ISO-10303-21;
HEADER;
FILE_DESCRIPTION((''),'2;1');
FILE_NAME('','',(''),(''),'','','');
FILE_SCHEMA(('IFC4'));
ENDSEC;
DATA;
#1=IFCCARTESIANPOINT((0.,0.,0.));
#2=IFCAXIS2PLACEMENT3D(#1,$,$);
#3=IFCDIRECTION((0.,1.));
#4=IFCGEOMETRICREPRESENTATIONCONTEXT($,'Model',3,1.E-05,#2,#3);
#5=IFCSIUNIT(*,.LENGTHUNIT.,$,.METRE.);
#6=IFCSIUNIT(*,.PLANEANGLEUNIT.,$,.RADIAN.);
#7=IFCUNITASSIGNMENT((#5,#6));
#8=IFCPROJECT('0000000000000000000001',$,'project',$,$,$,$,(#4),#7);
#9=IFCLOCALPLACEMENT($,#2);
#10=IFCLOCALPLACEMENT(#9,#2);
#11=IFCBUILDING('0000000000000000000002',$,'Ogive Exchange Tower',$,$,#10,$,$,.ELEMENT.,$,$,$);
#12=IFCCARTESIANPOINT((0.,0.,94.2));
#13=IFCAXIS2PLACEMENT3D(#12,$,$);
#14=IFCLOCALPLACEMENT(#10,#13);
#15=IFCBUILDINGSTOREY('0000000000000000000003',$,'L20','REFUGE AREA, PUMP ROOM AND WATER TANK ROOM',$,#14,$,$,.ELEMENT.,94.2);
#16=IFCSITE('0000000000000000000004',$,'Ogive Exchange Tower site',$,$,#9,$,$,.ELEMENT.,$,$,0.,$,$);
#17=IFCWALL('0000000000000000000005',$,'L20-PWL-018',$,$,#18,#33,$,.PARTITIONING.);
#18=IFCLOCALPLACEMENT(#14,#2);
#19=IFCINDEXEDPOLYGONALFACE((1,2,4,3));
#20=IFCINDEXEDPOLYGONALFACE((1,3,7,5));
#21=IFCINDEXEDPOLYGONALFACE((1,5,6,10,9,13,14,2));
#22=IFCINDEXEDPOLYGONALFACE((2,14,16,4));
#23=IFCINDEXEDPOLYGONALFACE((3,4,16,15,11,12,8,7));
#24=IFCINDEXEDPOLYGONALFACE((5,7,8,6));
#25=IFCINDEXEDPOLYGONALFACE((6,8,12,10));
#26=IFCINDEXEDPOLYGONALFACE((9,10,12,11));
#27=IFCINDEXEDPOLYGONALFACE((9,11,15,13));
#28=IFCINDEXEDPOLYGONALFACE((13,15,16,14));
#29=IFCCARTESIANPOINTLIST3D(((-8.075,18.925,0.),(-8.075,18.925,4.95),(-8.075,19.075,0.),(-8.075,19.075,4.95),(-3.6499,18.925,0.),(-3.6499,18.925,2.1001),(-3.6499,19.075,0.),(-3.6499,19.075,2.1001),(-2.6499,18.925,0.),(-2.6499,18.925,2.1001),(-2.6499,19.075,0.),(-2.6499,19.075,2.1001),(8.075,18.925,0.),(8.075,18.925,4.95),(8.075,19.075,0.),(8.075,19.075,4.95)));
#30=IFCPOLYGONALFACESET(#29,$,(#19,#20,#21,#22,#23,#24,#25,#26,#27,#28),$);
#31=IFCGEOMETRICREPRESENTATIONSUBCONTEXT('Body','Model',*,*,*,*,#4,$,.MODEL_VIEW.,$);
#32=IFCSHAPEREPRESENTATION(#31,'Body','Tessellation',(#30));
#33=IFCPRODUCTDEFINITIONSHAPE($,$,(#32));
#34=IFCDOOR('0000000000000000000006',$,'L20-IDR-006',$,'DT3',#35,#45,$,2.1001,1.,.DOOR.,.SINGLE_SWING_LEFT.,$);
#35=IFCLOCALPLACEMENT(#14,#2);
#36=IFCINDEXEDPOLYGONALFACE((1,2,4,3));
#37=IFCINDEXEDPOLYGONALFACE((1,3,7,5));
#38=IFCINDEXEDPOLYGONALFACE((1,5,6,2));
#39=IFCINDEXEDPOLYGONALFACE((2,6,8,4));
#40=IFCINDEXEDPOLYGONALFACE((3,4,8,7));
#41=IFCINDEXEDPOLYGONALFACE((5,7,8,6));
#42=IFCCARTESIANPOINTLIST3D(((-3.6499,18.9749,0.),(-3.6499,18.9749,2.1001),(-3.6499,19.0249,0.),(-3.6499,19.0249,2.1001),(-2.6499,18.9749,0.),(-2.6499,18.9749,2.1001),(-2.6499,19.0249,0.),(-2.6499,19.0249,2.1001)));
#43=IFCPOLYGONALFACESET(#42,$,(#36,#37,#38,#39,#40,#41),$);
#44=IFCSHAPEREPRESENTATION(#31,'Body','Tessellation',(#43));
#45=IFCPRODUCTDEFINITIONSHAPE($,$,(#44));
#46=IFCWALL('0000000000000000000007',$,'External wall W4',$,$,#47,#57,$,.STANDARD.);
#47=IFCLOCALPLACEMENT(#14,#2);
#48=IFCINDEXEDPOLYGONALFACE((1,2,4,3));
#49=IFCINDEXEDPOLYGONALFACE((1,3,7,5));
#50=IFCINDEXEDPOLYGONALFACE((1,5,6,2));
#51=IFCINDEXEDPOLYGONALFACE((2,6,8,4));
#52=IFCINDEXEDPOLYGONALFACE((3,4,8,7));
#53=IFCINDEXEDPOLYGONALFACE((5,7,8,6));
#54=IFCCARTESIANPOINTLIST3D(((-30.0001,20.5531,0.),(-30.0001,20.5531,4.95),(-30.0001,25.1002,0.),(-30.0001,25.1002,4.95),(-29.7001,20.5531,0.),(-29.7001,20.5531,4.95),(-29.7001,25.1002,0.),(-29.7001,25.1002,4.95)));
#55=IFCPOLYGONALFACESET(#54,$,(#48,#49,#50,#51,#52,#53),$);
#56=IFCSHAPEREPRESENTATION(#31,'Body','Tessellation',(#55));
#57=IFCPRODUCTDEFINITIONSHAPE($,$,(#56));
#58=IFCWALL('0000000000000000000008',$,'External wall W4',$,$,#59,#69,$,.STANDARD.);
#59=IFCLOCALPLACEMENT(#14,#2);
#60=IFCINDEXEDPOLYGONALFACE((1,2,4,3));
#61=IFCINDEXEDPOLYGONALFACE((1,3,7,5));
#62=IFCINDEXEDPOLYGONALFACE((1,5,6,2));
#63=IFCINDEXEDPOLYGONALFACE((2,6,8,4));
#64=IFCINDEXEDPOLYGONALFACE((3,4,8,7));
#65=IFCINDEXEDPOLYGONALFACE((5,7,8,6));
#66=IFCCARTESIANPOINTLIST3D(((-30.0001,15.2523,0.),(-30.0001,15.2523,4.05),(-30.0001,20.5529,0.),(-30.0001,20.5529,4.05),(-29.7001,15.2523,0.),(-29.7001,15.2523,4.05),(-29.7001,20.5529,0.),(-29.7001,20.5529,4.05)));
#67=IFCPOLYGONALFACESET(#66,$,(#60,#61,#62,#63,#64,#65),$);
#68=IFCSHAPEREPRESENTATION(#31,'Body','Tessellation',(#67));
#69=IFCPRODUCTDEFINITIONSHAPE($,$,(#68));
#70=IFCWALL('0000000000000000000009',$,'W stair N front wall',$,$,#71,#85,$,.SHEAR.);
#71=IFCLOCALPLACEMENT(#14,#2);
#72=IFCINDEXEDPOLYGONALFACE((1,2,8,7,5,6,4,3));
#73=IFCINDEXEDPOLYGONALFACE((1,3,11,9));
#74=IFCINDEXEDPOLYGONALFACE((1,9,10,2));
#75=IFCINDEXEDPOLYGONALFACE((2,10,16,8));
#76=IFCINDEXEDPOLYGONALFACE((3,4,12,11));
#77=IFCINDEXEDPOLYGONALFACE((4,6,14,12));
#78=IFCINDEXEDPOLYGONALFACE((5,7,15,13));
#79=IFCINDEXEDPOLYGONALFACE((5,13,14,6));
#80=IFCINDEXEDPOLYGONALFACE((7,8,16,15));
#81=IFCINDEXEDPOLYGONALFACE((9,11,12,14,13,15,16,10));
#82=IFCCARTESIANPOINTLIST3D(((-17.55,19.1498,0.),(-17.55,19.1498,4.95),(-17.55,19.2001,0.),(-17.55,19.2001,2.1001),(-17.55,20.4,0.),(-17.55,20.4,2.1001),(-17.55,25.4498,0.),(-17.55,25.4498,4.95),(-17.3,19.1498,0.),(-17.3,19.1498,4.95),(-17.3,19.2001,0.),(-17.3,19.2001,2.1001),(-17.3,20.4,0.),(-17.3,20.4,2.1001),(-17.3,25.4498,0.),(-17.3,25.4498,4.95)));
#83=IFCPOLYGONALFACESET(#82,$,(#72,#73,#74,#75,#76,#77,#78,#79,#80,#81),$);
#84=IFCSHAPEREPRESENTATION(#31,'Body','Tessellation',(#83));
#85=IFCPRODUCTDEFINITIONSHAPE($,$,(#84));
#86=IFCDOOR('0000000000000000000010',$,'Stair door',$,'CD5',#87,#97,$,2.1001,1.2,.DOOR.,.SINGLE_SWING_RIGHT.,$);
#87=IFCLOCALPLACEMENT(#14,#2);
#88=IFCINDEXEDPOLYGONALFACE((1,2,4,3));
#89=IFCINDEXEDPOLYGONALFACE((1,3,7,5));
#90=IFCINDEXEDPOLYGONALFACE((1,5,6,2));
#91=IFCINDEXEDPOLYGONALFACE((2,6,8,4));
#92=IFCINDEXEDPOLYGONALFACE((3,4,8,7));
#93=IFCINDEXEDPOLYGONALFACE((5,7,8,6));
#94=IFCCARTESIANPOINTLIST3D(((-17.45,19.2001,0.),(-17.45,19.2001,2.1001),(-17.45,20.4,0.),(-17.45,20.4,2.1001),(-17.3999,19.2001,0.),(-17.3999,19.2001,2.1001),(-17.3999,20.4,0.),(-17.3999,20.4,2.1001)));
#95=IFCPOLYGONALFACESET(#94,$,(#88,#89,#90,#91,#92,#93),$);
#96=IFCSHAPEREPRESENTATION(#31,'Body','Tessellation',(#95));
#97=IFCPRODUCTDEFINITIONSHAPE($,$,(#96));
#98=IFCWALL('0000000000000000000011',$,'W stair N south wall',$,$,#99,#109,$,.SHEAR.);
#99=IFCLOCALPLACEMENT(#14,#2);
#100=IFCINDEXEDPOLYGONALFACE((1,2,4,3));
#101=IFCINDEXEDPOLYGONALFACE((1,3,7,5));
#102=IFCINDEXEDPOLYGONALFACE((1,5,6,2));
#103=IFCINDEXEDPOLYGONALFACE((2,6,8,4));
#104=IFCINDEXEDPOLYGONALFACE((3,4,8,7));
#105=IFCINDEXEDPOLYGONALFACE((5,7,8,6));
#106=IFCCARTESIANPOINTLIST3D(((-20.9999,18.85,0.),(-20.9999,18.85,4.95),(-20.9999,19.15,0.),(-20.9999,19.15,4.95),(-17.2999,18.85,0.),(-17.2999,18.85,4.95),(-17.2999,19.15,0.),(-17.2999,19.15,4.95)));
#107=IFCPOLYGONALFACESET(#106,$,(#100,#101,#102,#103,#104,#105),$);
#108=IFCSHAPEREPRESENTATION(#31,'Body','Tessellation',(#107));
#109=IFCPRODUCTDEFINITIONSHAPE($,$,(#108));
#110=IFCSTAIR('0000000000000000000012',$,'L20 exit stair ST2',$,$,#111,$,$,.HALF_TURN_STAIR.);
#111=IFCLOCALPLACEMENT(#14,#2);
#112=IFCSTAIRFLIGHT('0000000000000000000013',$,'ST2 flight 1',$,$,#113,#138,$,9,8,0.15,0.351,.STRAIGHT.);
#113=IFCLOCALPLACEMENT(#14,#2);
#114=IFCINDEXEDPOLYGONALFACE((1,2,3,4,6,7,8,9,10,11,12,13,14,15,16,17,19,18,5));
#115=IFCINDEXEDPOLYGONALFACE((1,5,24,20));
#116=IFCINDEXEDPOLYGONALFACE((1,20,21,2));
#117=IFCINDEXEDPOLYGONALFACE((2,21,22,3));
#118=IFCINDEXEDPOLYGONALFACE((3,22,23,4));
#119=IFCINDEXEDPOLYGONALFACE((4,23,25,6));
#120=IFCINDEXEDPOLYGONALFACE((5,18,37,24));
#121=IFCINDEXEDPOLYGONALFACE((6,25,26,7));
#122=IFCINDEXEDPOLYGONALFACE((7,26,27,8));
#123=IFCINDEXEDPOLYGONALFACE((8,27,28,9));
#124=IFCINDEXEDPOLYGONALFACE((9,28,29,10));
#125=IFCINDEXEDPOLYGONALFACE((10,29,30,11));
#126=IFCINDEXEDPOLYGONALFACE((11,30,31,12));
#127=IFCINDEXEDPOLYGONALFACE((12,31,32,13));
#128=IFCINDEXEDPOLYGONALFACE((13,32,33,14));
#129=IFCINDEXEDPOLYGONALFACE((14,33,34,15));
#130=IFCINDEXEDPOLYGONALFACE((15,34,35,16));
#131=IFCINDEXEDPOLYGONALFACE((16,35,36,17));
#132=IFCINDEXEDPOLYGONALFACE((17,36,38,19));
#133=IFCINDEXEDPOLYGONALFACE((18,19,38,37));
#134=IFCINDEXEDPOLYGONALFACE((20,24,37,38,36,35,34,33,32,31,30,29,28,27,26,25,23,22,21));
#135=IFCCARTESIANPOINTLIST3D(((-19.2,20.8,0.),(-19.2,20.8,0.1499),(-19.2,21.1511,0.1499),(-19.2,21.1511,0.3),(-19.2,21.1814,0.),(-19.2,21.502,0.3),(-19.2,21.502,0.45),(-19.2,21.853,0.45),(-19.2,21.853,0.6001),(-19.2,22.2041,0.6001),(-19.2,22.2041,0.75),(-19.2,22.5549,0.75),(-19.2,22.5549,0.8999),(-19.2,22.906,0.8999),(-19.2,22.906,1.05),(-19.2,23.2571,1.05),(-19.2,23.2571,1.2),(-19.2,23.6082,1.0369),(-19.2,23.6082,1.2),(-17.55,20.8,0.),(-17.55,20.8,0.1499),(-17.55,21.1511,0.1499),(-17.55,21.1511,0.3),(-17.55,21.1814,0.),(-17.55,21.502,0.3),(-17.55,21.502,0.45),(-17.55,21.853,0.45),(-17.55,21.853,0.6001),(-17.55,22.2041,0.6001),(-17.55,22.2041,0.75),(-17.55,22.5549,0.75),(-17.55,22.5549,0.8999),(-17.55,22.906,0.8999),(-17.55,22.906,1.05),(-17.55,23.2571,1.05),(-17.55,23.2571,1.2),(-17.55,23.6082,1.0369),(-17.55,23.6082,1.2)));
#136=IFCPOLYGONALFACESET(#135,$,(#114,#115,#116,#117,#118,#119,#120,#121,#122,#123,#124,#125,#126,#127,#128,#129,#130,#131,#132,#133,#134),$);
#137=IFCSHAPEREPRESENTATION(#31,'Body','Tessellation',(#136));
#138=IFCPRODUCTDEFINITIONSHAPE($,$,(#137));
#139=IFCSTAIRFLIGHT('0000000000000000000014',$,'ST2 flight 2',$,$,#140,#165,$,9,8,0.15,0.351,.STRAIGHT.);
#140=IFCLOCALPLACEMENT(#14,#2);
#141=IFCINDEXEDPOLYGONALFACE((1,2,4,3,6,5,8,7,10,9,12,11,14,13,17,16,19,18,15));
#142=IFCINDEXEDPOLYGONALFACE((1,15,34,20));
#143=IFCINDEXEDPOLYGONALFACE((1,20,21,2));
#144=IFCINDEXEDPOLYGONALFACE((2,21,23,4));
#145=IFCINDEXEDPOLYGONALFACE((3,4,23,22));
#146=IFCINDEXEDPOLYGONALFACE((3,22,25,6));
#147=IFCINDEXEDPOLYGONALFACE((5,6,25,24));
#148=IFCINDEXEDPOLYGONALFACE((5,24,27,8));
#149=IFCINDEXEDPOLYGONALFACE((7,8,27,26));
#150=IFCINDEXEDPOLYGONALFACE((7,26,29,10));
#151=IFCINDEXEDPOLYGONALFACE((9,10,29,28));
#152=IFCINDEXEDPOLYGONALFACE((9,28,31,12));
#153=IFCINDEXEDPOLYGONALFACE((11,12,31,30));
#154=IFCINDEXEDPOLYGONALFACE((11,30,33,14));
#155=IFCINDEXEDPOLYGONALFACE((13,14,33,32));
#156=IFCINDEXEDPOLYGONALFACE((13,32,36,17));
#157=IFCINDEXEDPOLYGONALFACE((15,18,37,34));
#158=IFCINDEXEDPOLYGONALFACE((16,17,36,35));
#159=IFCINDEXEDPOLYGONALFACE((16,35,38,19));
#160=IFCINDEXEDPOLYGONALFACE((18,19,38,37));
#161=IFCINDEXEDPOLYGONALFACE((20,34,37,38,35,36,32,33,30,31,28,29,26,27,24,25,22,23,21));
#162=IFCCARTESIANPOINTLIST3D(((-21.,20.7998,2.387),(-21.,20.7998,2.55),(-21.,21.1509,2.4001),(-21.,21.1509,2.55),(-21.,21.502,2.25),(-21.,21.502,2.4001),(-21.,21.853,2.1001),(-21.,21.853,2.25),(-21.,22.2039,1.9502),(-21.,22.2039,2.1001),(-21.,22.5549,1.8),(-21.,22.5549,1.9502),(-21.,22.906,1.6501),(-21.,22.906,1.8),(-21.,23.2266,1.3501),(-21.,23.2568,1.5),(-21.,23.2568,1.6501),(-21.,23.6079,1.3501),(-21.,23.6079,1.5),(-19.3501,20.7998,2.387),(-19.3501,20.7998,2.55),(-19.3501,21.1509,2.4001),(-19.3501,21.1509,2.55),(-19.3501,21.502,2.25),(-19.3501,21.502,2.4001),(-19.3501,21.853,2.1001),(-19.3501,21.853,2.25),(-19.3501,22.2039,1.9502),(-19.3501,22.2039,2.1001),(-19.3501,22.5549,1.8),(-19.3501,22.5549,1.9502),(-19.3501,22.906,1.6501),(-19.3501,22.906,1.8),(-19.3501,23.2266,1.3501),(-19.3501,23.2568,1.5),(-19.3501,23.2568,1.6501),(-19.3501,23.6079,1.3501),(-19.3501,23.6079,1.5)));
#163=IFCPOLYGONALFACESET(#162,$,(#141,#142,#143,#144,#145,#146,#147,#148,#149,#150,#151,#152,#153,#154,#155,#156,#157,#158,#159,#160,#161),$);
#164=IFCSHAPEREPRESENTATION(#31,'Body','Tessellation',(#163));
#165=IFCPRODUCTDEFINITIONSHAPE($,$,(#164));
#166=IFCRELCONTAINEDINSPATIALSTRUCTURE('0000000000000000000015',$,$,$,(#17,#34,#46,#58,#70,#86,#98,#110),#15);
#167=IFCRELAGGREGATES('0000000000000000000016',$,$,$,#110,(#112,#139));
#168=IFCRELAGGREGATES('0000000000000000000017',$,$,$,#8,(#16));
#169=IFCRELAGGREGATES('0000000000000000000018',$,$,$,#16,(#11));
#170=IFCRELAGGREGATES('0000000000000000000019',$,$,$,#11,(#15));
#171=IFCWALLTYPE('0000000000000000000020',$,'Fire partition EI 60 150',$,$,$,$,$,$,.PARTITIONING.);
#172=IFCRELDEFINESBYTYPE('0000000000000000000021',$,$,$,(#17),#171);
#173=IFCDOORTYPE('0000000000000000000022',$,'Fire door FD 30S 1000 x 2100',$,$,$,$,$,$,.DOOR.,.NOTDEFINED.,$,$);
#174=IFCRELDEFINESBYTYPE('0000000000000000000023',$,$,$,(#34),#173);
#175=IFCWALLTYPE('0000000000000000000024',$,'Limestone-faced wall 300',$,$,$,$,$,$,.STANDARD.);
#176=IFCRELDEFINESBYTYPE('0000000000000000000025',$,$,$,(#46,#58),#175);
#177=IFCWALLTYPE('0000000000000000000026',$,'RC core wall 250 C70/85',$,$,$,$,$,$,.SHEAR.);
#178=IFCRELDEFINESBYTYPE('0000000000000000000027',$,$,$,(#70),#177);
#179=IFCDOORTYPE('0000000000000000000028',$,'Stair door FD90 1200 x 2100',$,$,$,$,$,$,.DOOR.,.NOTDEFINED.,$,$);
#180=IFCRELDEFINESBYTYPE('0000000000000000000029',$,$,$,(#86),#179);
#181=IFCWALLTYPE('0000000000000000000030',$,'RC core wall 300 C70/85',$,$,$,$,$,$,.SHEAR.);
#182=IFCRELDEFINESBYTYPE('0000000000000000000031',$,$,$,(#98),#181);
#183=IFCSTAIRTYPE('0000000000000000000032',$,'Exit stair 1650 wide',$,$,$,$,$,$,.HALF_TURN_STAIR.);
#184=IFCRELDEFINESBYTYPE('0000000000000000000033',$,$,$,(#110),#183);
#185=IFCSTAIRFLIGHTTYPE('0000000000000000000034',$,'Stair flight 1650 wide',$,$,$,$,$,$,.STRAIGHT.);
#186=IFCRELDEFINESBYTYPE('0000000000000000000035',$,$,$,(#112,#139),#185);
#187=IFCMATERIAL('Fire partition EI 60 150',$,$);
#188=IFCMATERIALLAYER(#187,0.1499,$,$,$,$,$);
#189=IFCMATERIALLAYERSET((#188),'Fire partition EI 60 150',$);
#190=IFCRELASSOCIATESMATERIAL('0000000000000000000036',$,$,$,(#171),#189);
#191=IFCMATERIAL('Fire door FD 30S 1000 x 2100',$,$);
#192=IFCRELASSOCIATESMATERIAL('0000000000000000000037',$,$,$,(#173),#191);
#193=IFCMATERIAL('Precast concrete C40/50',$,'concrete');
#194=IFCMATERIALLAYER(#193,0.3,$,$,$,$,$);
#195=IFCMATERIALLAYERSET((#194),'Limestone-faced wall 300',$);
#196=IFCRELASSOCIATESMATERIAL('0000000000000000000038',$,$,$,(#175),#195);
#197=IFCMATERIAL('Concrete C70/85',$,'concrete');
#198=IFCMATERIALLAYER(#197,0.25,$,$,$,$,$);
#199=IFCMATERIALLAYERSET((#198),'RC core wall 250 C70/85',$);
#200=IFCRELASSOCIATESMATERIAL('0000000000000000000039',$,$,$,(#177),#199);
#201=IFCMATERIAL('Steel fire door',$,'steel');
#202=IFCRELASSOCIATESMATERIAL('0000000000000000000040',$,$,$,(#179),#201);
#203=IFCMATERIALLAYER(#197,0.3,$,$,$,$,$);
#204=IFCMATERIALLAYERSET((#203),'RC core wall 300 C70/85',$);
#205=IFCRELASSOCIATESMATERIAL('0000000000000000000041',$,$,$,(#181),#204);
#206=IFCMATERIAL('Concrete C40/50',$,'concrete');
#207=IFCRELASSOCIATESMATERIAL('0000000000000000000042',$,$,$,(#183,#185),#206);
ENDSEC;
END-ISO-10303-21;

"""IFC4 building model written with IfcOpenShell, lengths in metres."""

from ifc_helpers import new_model, si_unit, direction, frame, frame_2d, origin, place, context, subcontext, project, spatial, polyline, rectangle, outline, extrude, material, layer, layer_set, type_object, element, fill, aggregate, save


model = new_model("IFC4")

# Units and contexts
model_context = context("Model", 3, precision=1e-05, world=origin(), true_north=direction((0.0, 1.0)))
body_context = subcontext(model_context, "Body", "Model", "MODEL_VIEW")
ifc_project = project(units=[si_unit("LENGTHUNIT", "METRE"), si_unit("PLANEANGLEUNIT", "RADIAN")], contexts=[model_context])

# Site, building, storey
site_placement = place(None, origin())
site = spatial("IfcSite", under=ifc_project, at=site_placement, Name="Ogive Exchange Tower site", CompositionType="ELEMENT", RefElevation=0.0)
building_placement = place(site_placement, origin())
building = spatial("IfcBuilding", under=site, at=building_placement, Name="Ogive Exchange Tower", CompositionType="ELEMENT")
storey_placement = place(building_placement, frame((0.0, 0.0, 94.2)))
storey = spatial("IfcBuildingStorey", under=building, at=storey_placement, Name="L20", Description="REFUGE AREA, PUMP ROOM AND WATER TANK ROOM", CompositionType="ELEMENT", Elevation=94.2)

# Wall, opening, door
ifc_material_1 = material(Name="Fire partition EI 60 150")
ifc_layer_1 = layer(ifc_material_1, 0.1499)
ifc_layer_set_1 = layer_set([ifc_layer_1], Name="Fire partition EI 60 150")
wall_type_1 = type_object("IfcWallType", Name="Fire partition EI 60 150", PredefinedType="PARTITIONING", material=ifc_layer_set_1)
wall_1_placement = place(storey_placement, frame((-8.075, 19.0, 0.0), z_axis=(0.0, 0.0, 1.0), x_axis=(1.0, 0.0, 0.0)))
wall_1 = element("IfcWall", 1, at=wall_1_placement, inside=storey, type_object=wall_type_1, Name="L20-PWL-018", PredefinedType="PARTITIONING", context=body_context, shape_type="SweptSolid", body=[
    extrude(rectangle(XDim=16.1499, YDim=0.1499, at=frame_2d((8.075, 0.0))), origin(), (0.0, 0.0, 1.0), 4.95),
])
opening_1_placement = place(wall_1_placement, frame((4.425, 0.0, 0.0)))
opening_1 = element("IfcOpeningElement", 2, at=opening_1_placement, cuts=wall_1, PredefinedType="OPENING", context=body_context, shape_type="SweptSolid", body=[
    extrude(rectangle(XDim=1.0, YDim=2.1001, at=frame_2d((0.5, 1.05))), frame((0.0, 0.085, 0.0), z_axis=(0.0, -1.0, 0.0), x_axis=(1.0, 0.0, 0.0)), (0.0, 0.0, 1.0), 0.1699),
])
ifc_material_2 = material(Name="Fire door FD 30S 1000 x 2100")
door_type_1 = type_object("IfcDoorType", Name="Fire door FD 30S 1000 x 2100", OperationType="NOTDEFINED", PredefinedType="DOOR", material=ifc_material_2)
door_1_placement = place(opening_1_placement, origin())
door_1 = element("IfcDoor", 3, at=door_1_placement, inside=storey, type_object=door_type_1, Name="L20-IDR-006", ObjectType="DT3", OperationType="SINGLE_SWING_LEFT", OverallHeight=2.1001, OverallWidth=1.0, PredefinedType="DOOR", context=body_context, shape_type="SweptSolid", body=[
    extrude(rectangle(XDim=1.0, YDim=2.1001, at=frame_2d((0.5, 1.05))), frame((0.0, 0.0249, 0.0), z_axis=(0.0, -1.0, 0.0), x_axis=(1.0, 0.0, 0.0)), (0.0, 0.0, 1.0), 0.05),
])
fill(opening_1, door_1)

# Walls
ifc_material_3 = material(Name="Precast concrete C40/50", Category="concrete")
ifc_layer_2 = layer(ifc_material_3, 0.3)
ifc_layer_set_2 = layer_set([ifc_layer_2], Name="Limestone-faced wall 300")
wall_type_2 = type_object("IfcWallType", Name="Limestone-faced wall 300", PredefinedType="STANDARD", material=ifc_layer_set_2)
wall_2_placement = place(storey_placement, frame((-29.8501, 25.1001, 0.0), z_axis=(0.0, 0.0, 1.0), x_axis=(0.0, -1.0, 0.0)))
element("IfcWall", 4, at=wall_2_placement, inside=storey, type_object=wall_type_2, Name="External wall W4", PredefinedType="STANDARD", context=body_context, shape_type="SweptSolid", body=[
    extrude(rectangle(XDim=4.5471, YDim=0.3, at=frame_2d((2.2734, 0.0))), origin(), (0.0, 0.0, 1.0), 4.95),
])
wall_3_placement = place(storey_placement, frame((-29.8501, 20.553, 0.0), z_axis=(0.0, 0.0, 1.0), x_axis=(0.0, -1.0, 0.0)))
element("IfcWall", 5, at=wall_3_placement, inside=storey, type_object=wall_type_2, Name="External wall W4", PredefinedType="STANDARD", context=body_context, shape_type="SweptSolid", body=[
    extrude(rectangle(XDim=5.3005, YDim=0.3, at=frame_2d((2.6504, 0.0))), origin(), (0.0, 0.0, 1.0), 4.05),
])

# Wall, opening, door
ifc_material_4 = material(Name="Concrete C70/85", Category="concrete")
ifc_layer_3 = layer(ifc_material_4, 0.25)
ifc_layer_set_3 = layer_set([ifc_layer_3], Name="RC core wall 250 C70/85")
wall_type_3 = type_object("IfcWallType", Name="RC core wall 250 C70/85", PredefinedType="SHEAR", material=ifc_layer_set_3)
wall_4_placement = place(storey_placement, frame((-17.425, 19.1499, 0.0), z_axis=(0.0, 0.0, 1.0), x_axis=(0.0, 1.0, 0.0)))
wall_4 = element("IfcWall", 6, at=wall_4_placement, inside=storey, type_object=wall_type_3, Name="W stair N front wall", PredefinedType="SHEAR", context=body_context, shape_type="SweptSolid", body=[
    extrude(rectangle(XDim=6.3, YDim=0.25, at=frame_2d((3.1499, 0.0))), origin(), (0.0, 0.0, 1.0), 4.95),
])
opening_2_placement = place(wall_4_placement, frame((0.05, 0.0, 0.0)))
opening_2 = element("IfcOpeningElement", 7, at=opening_2_placement, cuts=wall_4, PredefinedType="OPENING", context=body_context, shape_type="SweptSolid", body=[
    extrude(rectangle(XDim=1.2, YDim=2.1001, at=frame_2d((0.6001, 1.05))), frame((0.0, 0.135, 0.0), z_axis=(0.0, -1.0, 0.0), x_axis=(1.0, 0.0, 0.0)), (0.0, 0.0, 1.0), 0.27),
])
ifc_material_5 = material(Name="Steel fire door", Category="steel")
door_type_2 = type_object("IfcDoorType", Name="Stair door FD90 1200 x 2100", OperationType="NOTDEFINED", PredefinedType="DOOR", material=ifc_material_5)
door_2_placement = place(opening_2_placement, origin())
door_2 = element("IfcDoor", 8, at=door_2_placement, inside=storey, type_object=door_type_2, Name="Stair door", ObjectType="CD5", OperationType="SINGLE_SWING_RIGHT", OverallHeight=2.1001, OverallWidth=1.2, PredefinedType="DOOR", context=body_context, shape_type="SweptSolid", body=[
    extrude(rectangle(XDim=1.2, YDim=2.1001, at=frame_2d((0.6001, 1.05))), frame((0.0, 0.0249, 0.0), z_axis=(0.0, -1.0, 0.0), x_axis=(1.0, 0.0, 0.0)), (0.0, 0.0, 1.0), 0.05),
])
fill(opening_2, door_2)

# Wall
ifc_layer_4 = layer(ifc_material_4, 0.3)
ifc_layer_set_4 = layer_set([ifc_layer_4], Name="RC core wall 300 C70/85")
wall_type_4 = type_object("IfcWallType", Name="RC core wall 300 C70/85", PredefinedType="SHEAR", material=ifc_layer_set_4)
wall_5_placement = place(storey_placement, frame((-21.0, 19.0, 0.0), z_axis=(0.0, 0.0, 1.0), x_axis=(1.0, 0.0, 0.0)))
element("IfcWall", 9, at=wall_5_placement, inside=storey, type_object=wall_type_4, Name="W stair N south wall", PredefinedType="SHEAR", context=body_context, shape_type="SweptSolid", body=[
    extrude(rectangle(XDim=3.7, YDim=0.3, at=frame_2d((1.8501, 0.0))), origin(), (0.0, 0.0, 1.0), 4.95),
])

# Stair, stair flights
ifc_material_6 = material(Name="Concrete C40/50", Category="concrete")
stair_type = type_object("IfcStairType", Name="Exit stair 1650 wide", PredefinedType="HALF_TURN_STAIR", material=ifc_material_6)
stair_placement = place(storey_placement, origin())
stair = element("IfcStair", 10, at=stair_placement, inside=storey, type_object=stair_type, Name="L20 exit stair ST2", PredefinedType="HALF_TURN_STAIR")
stair_flight_type = type_object("IfcStairFlightType", Name="Stair flight 1650 wide", PredefinedType="STRAIGHT", material=ifc_material_6)
stair_flight_1_placement = place(storey_placement, frame((-18.375, 20.8, 0.0), z_axis=(0.0, 0.0, 1.0), x_axis=(0.0, 1.0, 0.0)))
stair_flight_1 = element("IfcStairFlight", 11, at=stair_flight_1_placement, type_object=stair_flight_type, Name="ST2 flight 1", NumberOfRisers=9, NumberOfTreads=8, PredefinedType="STRAIGHT", RiserHeight=0.15, TreadLength=0.351, context=body_context, shape_type="SweptSolid", body=[
    extrude(outline(polyline([(0.0, 0.0), (0.0, 0.1499), (0.3511, 0.1499), (0.3511, 0.3), (0.7019, 0.3), (0.7019, 0.45), (1.053, 0.45), (1.053, 0.6001), (1.4041, 0.6001), (1.4041, 0.75), (1.7549, 0.75), (1.7549, 0.8999), (2.106, 0.8999), (2.106, 1.05), (2.457, 1.05), (2.457, 1.2), (2.8081, 1.2), (2.8081, 1.3501), (2.8081, 1.0369), (0.3813, 0.0), (0.0, 0.0)])), frame((0.0, 0.825, 0.0), z_axis=(0.0, -1.0, 0.0), x_axis=(1.0, 0.0, 0.0)), (0.0, 0.0, 1.0), 1.6499),
])
stair_flight_2_placement = place(storey_placement, frame((-20.175, 23.6079, 1.3501), z_axis=(0.0, 0.0, 1.0), x_axis=(0.0, -1.0, 0.0)))
stair_flight_2 = element("IfcStairFlight", 12, at=stair_flight_2_placement, type_object=stair_flight_type, Name="ST2 flight 2", NumberOfRisers=9, NumberOfTreads=8, PredefinedType="STRAIGHT", RiserHeight=0.15, TreadLength=0.351, context=body_context, shape_type="SweptSolid", body=[
    extrude(outline(polyline([(0.0, 0.0), (0.0, 0.1499), (0.3511, 0.1499), (0.3511, 0.3), (0.7019, 0.3), (0.7019, 0.45), (1.053, 0.45), (1.053, 0.6001), (1.4041, 0.6001), (1.4041, 0.75), (1.7549, 0.75), (1.7549, 0.8999), (2.106, 0.8999), (2.106, 1.05), (2.457, 1.05), (2.457, 1.2), (2.8081, 1.2), (2.8081, 1.3501), (2.8081, 1.0369), (0.3813, 0.0), (0.0, 0.0)])), frame((0.0, 0.825, 0.0), z_axis=(0.0, -1.0, 0.0), x_axis=(1.0, 0.0, 0.0)), (0.0, 0.0, 1.0), 1.6499),
])
aggregate(stair, [stair_flight_1, stair_flight_2])

save(model, "model.ifc")
